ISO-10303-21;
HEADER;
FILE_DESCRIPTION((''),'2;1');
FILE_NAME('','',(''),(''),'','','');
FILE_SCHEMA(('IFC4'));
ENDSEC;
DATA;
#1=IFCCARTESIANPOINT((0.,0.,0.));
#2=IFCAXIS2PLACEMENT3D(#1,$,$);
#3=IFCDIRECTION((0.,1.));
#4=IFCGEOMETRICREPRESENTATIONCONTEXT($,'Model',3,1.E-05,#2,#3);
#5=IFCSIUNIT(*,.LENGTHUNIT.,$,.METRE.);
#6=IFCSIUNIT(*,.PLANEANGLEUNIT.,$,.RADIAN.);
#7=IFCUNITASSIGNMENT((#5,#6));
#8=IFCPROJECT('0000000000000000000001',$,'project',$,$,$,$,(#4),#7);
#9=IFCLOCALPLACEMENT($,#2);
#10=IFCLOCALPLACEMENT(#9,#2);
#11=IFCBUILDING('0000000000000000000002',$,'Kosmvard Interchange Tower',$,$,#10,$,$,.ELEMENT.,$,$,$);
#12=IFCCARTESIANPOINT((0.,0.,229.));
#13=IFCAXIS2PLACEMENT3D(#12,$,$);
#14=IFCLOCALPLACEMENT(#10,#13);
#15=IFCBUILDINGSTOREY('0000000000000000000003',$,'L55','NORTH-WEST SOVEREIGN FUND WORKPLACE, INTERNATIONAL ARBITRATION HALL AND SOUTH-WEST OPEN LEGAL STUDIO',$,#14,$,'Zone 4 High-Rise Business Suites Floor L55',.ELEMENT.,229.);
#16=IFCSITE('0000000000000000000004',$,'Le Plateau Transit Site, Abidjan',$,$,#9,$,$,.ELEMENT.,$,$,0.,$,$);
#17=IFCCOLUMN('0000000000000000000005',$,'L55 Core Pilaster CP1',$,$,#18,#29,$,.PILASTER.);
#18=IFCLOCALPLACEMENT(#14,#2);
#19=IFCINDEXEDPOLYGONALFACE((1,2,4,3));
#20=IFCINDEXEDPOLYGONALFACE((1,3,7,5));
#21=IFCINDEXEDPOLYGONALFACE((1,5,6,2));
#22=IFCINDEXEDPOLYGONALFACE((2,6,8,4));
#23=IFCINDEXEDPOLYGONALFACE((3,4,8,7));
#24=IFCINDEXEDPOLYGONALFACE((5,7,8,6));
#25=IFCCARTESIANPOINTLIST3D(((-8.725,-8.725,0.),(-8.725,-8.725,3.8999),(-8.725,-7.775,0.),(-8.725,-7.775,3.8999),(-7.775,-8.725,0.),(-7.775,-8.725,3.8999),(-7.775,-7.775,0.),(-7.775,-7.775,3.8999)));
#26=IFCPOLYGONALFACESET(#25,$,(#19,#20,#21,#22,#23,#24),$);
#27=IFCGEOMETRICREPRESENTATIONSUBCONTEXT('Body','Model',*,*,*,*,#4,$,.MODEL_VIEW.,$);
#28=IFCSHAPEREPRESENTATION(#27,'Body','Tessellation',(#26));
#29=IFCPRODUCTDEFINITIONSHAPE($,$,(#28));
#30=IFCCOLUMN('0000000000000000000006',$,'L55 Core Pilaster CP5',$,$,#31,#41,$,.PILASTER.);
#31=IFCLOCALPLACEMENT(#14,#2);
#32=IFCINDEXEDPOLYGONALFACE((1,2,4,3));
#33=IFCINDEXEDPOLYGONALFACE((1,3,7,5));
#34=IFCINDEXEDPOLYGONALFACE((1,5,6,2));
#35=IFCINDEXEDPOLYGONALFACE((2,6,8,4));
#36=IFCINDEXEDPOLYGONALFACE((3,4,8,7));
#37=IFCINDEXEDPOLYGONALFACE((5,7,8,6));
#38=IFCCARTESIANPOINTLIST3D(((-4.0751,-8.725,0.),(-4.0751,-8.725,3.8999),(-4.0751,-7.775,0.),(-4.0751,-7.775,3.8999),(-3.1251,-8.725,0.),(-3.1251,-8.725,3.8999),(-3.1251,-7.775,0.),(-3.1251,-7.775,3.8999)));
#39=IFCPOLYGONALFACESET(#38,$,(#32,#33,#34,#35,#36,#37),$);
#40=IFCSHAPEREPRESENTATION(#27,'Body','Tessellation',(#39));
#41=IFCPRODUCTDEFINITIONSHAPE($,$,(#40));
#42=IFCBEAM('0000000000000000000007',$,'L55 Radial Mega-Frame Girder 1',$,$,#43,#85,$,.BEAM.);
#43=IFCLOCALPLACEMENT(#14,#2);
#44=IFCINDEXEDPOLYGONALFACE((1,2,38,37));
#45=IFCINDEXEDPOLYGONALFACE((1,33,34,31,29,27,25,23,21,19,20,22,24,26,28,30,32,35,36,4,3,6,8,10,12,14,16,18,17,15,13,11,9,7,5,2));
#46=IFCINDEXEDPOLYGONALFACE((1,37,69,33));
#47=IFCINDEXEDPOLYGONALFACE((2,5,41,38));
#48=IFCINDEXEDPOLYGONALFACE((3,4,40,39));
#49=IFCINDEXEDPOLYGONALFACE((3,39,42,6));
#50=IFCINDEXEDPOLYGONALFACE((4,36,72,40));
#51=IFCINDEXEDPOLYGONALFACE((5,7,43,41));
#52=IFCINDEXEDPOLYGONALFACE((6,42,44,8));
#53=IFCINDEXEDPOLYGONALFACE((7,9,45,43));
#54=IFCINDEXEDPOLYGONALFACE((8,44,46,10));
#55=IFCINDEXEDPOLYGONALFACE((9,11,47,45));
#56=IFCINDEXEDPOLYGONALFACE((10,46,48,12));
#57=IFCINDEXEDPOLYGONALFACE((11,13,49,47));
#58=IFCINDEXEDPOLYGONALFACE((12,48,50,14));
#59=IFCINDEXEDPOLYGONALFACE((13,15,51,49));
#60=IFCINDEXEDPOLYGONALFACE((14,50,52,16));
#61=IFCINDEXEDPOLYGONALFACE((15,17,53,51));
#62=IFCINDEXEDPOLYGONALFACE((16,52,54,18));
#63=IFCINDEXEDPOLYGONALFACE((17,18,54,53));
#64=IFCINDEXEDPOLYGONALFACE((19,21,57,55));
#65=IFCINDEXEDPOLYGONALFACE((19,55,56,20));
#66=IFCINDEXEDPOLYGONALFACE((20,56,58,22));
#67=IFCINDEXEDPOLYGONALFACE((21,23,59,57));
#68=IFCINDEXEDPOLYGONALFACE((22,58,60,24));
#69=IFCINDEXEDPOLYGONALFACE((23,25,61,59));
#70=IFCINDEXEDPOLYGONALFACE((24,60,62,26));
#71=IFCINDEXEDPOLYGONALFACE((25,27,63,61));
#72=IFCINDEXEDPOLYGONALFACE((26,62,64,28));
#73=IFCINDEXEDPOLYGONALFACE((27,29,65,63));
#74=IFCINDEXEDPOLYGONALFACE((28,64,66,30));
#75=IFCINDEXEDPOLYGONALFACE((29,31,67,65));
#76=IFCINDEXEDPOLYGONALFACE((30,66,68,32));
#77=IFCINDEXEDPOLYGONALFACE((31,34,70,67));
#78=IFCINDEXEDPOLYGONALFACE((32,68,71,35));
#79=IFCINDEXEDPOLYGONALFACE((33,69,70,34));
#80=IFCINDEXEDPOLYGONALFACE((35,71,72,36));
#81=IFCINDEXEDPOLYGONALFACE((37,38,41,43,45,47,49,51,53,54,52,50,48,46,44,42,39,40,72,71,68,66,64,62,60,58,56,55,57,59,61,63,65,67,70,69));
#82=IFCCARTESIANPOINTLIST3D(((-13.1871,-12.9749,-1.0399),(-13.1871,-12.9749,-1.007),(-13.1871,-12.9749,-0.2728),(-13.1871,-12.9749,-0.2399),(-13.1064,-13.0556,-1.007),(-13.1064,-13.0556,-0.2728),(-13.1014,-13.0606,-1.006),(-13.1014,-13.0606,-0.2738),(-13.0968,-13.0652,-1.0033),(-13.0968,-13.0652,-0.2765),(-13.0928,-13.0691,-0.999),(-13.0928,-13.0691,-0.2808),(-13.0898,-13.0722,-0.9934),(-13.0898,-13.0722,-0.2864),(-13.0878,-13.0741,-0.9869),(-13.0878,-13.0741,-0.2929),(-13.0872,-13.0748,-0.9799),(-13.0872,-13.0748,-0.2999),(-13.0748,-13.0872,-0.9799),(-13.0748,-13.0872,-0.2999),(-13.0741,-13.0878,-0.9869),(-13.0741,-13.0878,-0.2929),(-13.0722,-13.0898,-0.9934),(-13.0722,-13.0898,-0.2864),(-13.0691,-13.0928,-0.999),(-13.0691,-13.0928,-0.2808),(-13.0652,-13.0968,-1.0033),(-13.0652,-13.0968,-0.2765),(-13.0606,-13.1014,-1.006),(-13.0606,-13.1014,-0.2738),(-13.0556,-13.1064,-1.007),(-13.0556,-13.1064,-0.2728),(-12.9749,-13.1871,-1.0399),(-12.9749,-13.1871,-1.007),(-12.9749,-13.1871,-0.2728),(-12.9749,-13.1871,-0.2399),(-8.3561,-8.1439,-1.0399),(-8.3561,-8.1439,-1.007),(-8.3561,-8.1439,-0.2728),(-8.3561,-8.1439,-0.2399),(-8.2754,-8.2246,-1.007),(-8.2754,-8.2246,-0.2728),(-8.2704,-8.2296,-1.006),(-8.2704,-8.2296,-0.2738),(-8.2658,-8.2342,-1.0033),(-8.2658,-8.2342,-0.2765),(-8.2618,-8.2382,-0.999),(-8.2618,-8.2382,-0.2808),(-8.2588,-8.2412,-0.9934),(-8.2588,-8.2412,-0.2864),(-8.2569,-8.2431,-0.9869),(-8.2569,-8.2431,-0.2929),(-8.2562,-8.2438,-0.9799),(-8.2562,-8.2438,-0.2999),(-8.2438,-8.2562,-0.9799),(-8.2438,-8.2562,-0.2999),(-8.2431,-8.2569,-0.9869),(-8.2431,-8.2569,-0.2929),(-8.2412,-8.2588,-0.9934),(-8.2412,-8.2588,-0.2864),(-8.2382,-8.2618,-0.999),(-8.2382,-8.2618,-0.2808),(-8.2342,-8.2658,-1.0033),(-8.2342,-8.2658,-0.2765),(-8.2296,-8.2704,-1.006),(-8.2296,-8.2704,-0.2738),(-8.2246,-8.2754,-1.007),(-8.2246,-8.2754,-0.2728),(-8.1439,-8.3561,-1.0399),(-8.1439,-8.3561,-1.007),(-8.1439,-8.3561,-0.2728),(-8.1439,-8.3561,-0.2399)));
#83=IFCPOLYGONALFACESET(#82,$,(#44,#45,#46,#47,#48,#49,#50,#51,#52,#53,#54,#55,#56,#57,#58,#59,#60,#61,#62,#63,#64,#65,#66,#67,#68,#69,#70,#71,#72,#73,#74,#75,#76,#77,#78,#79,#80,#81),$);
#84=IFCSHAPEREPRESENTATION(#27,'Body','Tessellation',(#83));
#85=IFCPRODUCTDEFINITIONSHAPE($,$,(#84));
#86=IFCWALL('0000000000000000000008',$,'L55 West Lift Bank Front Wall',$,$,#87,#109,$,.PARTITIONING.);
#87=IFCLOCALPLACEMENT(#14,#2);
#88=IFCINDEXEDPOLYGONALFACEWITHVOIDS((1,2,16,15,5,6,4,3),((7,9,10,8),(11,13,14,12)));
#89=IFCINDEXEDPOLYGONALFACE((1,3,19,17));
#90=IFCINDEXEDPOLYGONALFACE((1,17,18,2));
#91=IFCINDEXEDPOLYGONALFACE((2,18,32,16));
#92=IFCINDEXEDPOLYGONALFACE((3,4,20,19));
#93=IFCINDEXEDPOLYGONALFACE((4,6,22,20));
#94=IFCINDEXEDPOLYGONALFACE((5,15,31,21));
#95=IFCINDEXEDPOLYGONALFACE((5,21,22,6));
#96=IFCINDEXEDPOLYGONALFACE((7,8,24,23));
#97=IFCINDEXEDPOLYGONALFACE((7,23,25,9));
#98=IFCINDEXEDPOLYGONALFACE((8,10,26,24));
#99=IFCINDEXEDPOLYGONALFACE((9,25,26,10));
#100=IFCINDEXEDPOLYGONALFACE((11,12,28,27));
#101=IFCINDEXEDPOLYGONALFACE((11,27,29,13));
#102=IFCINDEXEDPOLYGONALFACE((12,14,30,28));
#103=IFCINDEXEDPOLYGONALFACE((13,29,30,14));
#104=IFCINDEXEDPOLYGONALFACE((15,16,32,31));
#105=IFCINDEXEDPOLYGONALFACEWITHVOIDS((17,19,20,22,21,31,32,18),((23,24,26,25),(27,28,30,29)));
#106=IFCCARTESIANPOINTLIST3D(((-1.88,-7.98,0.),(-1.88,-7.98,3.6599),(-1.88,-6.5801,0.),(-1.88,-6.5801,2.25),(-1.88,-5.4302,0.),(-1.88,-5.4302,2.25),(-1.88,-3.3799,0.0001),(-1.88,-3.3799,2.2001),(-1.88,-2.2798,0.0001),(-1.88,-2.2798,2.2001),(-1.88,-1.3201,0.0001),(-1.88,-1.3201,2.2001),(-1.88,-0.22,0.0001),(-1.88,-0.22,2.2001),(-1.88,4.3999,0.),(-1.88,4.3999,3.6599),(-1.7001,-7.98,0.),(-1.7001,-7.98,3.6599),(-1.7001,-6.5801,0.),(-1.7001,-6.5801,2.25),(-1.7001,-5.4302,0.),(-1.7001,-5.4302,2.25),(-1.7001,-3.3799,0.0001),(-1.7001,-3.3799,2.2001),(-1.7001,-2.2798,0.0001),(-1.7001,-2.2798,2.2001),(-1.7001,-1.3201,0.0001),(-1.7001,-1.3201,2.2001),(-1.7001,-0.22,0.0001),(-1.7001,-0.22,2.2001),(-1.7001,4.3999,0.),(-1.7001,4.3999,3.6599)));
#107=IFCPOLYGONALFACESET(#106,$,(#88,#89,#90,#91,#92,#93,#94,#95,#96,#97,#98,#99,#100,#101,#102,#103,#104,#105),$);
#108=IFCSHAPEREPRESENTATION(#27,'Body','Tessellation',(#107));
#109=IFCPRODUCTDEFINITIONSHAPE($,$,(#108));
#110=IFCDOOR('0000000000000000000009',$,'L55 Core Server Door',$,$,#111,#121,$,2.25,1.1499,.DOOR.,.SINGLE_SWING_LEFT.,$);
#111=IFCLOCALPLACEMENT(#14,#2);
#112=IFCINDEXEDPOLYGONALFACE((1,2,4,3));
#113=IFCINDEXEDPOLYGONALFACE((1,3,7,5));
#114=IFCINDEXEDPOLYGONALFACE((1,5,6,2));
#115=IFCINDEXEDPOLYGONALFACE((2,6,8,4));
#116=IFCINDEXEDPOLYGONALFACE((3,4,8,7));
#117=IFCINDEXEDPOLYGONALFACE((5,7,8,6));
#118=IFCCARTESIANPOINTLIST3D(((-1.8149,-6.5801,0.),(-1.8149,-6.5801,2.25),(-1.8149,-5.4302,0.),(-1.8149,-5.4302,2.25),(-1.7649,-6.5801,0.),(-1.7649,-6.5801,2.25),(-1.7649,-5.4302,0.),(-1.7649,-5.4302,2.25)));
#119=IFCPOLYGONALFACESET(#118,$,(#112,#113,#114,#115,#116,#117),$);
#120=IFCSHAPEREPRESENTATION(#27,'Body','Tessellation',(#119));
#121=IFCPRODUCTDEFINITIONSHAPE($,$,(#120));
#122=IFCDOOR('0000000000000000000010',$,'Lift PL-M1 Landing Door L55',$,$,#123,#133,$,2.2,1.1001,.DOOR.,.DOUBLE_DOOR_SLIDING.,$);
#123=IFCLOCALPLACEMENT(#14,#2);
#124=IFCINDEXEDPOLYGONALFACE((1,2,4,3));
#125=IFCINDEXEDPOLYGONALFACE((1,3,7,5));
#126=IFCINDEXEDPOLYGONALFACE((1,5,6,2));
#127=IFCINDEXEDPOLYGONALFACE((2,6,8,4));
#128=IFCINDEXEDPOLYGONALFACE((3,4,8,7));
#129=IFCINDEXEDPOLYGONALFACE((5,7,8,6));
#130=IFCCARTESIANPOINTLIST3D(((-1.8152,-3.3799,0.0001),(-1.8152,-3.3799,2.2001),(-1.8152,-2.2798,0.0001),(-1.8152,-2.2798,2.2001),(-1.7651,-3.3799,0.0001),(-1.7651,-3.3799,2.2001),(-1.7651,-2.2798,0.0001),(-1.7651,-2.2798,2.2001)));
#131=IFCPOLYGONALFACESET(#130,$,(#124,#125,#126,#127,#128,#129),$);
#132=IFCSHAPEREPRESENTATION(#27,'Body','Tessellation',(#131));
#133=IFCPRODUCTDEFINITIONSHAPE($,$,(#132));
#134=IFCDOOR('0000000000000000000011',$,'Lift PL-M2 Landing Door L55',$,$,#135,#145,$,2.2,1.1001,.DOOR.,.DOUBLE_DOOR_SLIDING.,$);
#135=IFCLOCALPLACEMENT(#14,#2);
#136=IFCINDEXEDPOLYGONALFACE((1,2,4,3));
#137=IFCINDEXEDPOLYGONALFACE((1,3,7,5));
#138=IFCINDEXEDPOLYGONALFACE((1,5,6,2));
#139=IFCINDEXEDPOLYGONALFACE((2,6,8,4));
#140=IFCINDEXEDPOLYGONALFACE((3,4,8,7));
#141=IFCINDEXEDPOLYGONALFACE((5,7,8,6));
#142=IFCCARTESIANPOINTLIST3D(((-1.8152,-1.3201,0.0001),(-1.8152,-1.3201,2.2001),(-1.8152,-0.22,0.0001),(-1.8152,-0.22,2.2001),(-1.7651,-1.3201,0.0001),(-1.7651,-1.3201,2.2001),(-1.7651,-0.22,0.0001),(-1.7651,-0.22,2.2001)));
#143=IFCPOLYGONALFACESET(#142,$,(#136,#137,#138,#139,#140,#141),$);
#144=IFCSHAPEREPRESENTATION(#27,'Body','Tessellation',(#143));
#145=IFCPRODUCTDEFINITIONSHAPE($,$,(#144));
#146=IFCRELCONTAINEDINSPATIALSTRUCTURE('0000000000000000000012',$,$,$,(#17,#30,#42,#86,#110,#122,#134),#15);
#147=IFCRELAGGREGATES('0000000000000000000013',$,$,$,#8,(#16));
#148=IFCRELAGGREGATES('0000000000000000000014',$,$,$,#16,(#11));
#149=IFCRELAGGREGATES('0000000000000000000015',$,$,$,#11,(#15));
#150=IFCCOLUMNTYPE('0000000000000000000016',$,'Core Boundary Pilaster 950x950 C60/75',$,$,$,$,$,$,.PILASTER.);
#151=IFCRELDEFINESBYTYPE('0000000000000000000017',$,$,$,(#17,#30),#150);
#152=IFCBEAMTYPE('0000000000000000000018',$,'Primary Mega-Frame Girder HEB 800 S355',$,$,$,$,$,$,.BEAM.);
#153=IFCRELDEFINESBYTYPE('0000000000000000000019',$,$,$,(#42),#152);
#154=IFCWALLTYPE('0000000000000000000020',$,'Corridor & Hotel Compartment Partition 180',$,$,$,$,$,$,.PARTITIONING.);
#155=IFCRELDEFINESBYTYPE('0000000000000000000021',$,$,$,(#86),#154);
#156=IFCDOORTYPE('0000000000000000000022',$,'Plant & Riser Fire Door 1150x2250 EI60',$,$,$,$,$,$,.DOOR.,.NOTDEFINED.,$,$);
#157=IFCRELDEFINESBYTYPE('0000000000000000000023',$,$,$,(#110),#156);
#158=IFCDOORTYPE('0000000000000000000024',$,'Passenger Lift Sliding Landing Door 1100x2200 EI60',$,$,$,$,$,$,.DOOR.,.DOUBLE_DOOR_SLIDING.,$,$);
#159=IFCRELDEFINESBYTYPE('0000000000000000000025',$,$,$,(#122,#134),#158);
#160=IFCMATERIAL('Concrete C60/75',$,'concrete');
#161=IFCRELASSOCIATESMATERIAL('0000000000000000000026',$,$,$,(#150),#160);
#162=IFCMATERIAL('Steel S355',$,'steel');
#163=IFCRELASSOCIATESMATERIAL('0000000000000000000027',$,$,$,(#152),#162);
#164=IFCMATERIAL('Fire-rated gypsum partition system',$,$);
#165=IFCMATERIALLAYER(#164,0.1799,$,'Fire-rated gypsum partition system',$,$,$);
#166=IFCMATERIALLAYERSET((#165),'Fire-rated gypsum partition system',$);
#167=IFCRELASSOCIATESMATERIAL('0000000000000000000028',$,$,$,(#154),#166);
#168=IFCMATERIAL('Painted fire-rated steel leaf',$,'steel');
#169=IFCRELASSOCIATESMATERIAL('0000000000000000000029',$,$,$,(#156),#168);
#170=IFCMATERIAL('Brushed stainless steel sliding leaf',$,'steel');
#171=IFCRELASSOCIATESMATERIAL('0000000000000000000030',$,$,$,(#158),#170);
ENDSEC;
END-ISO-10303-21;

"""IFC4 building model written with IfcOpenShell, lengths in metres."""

from ifc_helpers import new_model, si_unit, direction, frame, frame_2d, origin, origin_2d, place, context, subcontext, project, spatial, rectangle, i_section, extrude, source, transform, mapped, material, layer, layer_set, material_profile, profile_set, type_object, element, fill, save


model = new_model("IFC4")

# Units and contexts
model_context = context("Model", 3, precision=1e-05, world=origin(), true_north=direction((0.0, 1.0)))
body_context = subcontext(model_context, "Body", "Model", "MODEL_VIEW")
ifc_project = project(units=[si_unit("LENGTHUNIT", "METRE"), si_unit("PLANEANGLEUNIT", "RADIAN")], contexts=[model_context])

# Site, building, storey
site_placement = place(None, origin())
site = spatial("IfcSite", under=ifc_project, at=site_placement, Name="Le Plateau Transit Site, Abidjan", CompositionType="ELEMENT", RefElevation=0.0)
building_placement = place(site_placement, origin())
building = spatial("IfcBuilding", under=site, at=building_placement, Name="Kosmvard Interchange Tower", CompositionType="ELEMENT")
storey_placement = place(building_placement, frame((0.0, 0.0, 229.0)))
storey = spatial("IfcBuildingStorey", under=building, at=storey_placement, Name="L55", Description="NORTH-WEST SOVEREIGN FUND WORKPLACE, INTERNATIONAL ARBITRATION HALL AND SOUTH-WEST OPEN LEGAL STUDIO", LongName="Zone 4 High-Rise Business Suites Floor L55", CompositionType="ELEMENT", Elevation=229.0)

# Columns
ifc_material_1 = material(Name="Concrete C60/75", Category="concrete")
ifc_material_profile_1 = material_profile(ifc_material_1, rectangle(XDim=0.95, YDim=0.95, at=origin_2d()), Name="CP 950x950")
ifc_profile_set_1 = profile_set([ifc_material_profile_1], Name="Concrete C60/75")
column_type = type_object("IfcColumnType", Name="Core Boundary Pilaster 950x950 C60/75", PredefinedType="PILASTER", material=ifc_profile_set_1)
shared_shape_1 = source(origin(), body_context, "Body", "SweptSolid", [
    extrude(rectangle(XDim=0.95, YDim=0.95, at=origin_2d()), origin(), (0.0, 0.0, 1.0), 3.8999),
])
for number, where, z_axis, x_axis, name in (
    (1, (-8.25, -8.25, 0.0), (0.0, 0.0, 1.0), (1.0, 0.0, 0.0), "L55 Core Pilaster CP1"),
    (2, (-3.6001, -8.25, 0.0), (0.0, 0.0, 1.0), (1.0, 0.0, 0.0), "L55 Core Pilaster CP5"),
):
    element("IfcColumn", number, at=place(storey_placement, frame(where, z_axis=z_axis, x_axis=x_axis)), inside=storey, type_object=column_type, Name=name, PredefinedType="PILASTER", context=body_context, shape_type="MappedRepresentation", body=[
        mapped(shared_shape_1, transform((0.0, 0.0, 0.0), scale=1.0)),
    ])

# Beam
ifc_material_2 = material(Name="Steel S355", Category="steel")
ifc_material_profile_2 = material_profile(ifc_material_2, i_section(OverallWidth=0.3, OverallDepth=0.8, WebThickness=0.0176, FlangeThickness=0.033, FilletRadius=0.0271, at=origin_2d()), Name="HEB 800")
ifc_profile_set_2 = profile_set([ifc_material_profile_2], Name="Steel S355")
beam_type = type_object("IfcBeamType", Name="Primary Mega-Frame Girder HEB 800 S355", PredefinedType="BEAM", material=ifc_profile_set_2)
shared_shape_2 = source(origin(), body_context, "Body", "SweptSolid", [
    extrude(i_section(OverallWidth=0.3, OverallDepth=0.8, WebThickness=0.0176, FlangeThickness=0.033, FilletRadius=0.0271, at=origin_2d()), origin(), (0.0, 0.0, 1.0), 6.832),
])
beam_placement = place(storey_placement, frame((-8.25, -8.25, -0.6399), z_axis=(-0.707107, -0.707107, 0.0), x_axis=(0.707107, -0.707107, 0.0)))
element("IfcBeam", 3, at=beam_placement, inside=storey, type_object=beam_type, Name="L55 Radial Mega-Frame Girder 1", PredefinedType="BEAM", context=body_context, shape_type="MappedRepresentation", body=[
    mapped(shared_shape_2, transform((0.0, 0.0, 0.0), scale=1.0)),
])

# Wall, openings, doors
ifc_material_3 = material(Name="Fire-rated gypsum partition system")
ifc_layer_1 = layer(ifc_material_3, 0.1799, Name="Fire-rated gypsum partition system")
ifc_layer_set_1 = layer_set([ifc_layer_1], Name="Fire-rated gypsum partition system")
wall_type_1 = type_object("IfcWallType", Name="Corridor & Hotel Compartment Partition 180", PredefinedType="PARTITIONING", material=ifc_layer_set_1)
wall_1_placement = place(storey_placement, frame((-1.79, -7.98, 0.0), z_axis=(0.0, 0.0, 1.0), x_axis=(0.0, 1.0, 0.0)))
wall_1 = element("IfcWall", 4, at=wall_1_placement, inside=storey, type_object=wall_type_1, Name="L55 West Lift Bank Front Wall", PredefinedType="PARTITIONING", context=body_context, shape_type="SweptSolid", body=[
    extrude(rectangle(XDim=12.3799, YDim=0.1799, at=frame_2d((6.1899, 0.0))), origin(), (0.0, 0.0, 1.0), 3.6599),
])
opening_1_placement = place(wall_1_placement, frame((4.6001, 0.0, 0.0)))
opening_1 = element("IfcOpeningElement", 5, at=opening_1_placement, cuts=wall_1, PredefinedType="OPENING", context=body_context, shape_type="SweptSolid", body=[
    extrude(rectangle(XDim=1.1001, YDim=2.2, at=frame_2d((0.55, 1.1001))), frame((0.0, 0.1001, 0.0), z_axis=(0.0, -1.0, 0.0), x_axis=(1.0, 0.0, 0.0)), (0.0, 0.0, 1.0), 0.2),
])
opening_2_placement = place(wall_1_placement, frame((6.6599, 0.0, 0.0)))
opening_2 = element("IfcOpeningElement", 6, at=opening_2_placement, cuts=wall_1, PredefinedType="OPENING", context=body_context, shape_type="SweptSolid", body=[
    extrude(rectangle(XDim=1.1001, YDim=2.2, at=frame_2d((0.55, 1.1001))), frame((0.0, 0.1001, 0.0), z_axis=(0.0, -1.0, 0.0), x_axis=(1.0, 0.0, 0.0)), (0.0, 0.0, 1.0), 0.2),
])
opening_3_placement = place(wall_1_placement, frame((1.3999, 0.0, 0.0)))
opening_3 = element("IfcOpeningElement", 7, at=opening_3_placement, cuts=wall_1, PredefinedType="OPENING", context=body_context, shape_type="SweptSolid", body=[
    extrude(rectangle(XDim=1.1499, YDim=2.25, at=frame_2d((0.575, 1.125))), frame((0.0, 0.1001, 0.0), z_axis=(0.0, -1.0, 0.0), x_axis=(1.0, 0.0, 0.0)), (0.0, 0.0, 1.0), 0.2),
])
ifc_material_4 = material(Name="Painted fire-rated steel leaf", Category="steel")
door_type_1 = type_object("IfcDoorType", Name="Plant & Riser Fire Door 1150x2250 EI60", OperationType="NOTDEFINED", PredefinedType="DOOR", material=ifc_material_4)
shared_shape_3 = source(origin(), body_context, "Body", "SweptSolid", [
    extrude(rectangle(XDim=1.1499, YDim=2.25, at=frame_2d((0.575, 1.125))), frame((0.0, 0.0249, 0.0), z_axis=(0.0, -1.0, 0.0), x_axis=(1.0, 0.0, 0.0)), (0.0, 0.0, 1.0), 0.05),
])
door_1_placement = place(opening_3_placement, origin())
door_1 = element("IfcDoor", 8, at=door_1_placement, inside=storey, type_object=door_type_1, Name="L55 Core Server Door", OperationType="SINGLE_SWING_LEFT", OverallHeight=2.25, OverallWidth=1.1499, PredefinedType="DOOR", context=body_context, shape_type="MappedRepresentation", body=[
    mapped(shared_shape_3, transform((0.0, 0.0, 0.0), scale=1.0)),
])
fill(opening_3, door_1)
ifc_material_5 = material(Name="Brushed stainless steel sliding leaf", Category="steel")
door_type_2 = type_object("IfcDoorType", Name="Passenger Lift Sliding Landing Door 1100x2200 EI60", OperationType="DOUBLE_DOOR_SLIDING", PredefinedType="DOOR", material=ifc_material_5)
shared_shape_4 = source(origin(), body_context, "Body", "SweptSolid", [
    extrude(rectangle(XDim=1.1001, YDim=2.2, at=frame_2d((0.55, 1.1001))), frame((0.0, 0.0249, 0.0), z_axis=(0.0, -1.0, 0.0), x_axis=(1.0, 0.0, 0.0)), (0.0, 0.0, 1.0), 0.05),
])
door_2_placement = place(opening_1_placement, frame((1.1001, 0.0, 0.0), z_axis=(0.0, 0.0, 1.0), x_axis=(-1.0, 0.0, 0.0)))
door_2 = element("IfcDoor", 9, at=door_2_placement, inside=storey, type_object=door_type_2, Name="Lift PL-M1 Landing Door L55", OperationType="DOUBLE_DOOR_SLIDING", OverallHeight=2.2, OverallWidth=1.1001, PredefinedType="DOOR", context=body_context, shape_type="MappedRepresentation", body=[
    mapped(shared_shape_4, transform((0.0, 0.0, 0.0), scale=1.0)),
])
fill(opening_1, door_2)
door_3_placement = place(opening_2_placement, frame((1.1001, 0.0, 0.0), z_axis=(0.0, 0.0, 1.0), x_axis=(-1.0, 0.0, 0.0)))
door_3 = element("IfcDoor", 10, at=door_3_placement, inside=storey, type_object=door_type_2, Name="Lift PL-M2 Landing Door L55", OperationType="DOUBLE_DOOR_SLIDING", OverallHeight=2.2, OverallWidth=1.1001, PredefinedType="DOOR", context=body_context, shape_type="MappedRepresentation", body=[
    mapped(shared_shape_4, transform((0.0, 0.0, 0.0), scale=1.0)),
])
fill(opening_2, door_3)

save(model, "model.ifc")
